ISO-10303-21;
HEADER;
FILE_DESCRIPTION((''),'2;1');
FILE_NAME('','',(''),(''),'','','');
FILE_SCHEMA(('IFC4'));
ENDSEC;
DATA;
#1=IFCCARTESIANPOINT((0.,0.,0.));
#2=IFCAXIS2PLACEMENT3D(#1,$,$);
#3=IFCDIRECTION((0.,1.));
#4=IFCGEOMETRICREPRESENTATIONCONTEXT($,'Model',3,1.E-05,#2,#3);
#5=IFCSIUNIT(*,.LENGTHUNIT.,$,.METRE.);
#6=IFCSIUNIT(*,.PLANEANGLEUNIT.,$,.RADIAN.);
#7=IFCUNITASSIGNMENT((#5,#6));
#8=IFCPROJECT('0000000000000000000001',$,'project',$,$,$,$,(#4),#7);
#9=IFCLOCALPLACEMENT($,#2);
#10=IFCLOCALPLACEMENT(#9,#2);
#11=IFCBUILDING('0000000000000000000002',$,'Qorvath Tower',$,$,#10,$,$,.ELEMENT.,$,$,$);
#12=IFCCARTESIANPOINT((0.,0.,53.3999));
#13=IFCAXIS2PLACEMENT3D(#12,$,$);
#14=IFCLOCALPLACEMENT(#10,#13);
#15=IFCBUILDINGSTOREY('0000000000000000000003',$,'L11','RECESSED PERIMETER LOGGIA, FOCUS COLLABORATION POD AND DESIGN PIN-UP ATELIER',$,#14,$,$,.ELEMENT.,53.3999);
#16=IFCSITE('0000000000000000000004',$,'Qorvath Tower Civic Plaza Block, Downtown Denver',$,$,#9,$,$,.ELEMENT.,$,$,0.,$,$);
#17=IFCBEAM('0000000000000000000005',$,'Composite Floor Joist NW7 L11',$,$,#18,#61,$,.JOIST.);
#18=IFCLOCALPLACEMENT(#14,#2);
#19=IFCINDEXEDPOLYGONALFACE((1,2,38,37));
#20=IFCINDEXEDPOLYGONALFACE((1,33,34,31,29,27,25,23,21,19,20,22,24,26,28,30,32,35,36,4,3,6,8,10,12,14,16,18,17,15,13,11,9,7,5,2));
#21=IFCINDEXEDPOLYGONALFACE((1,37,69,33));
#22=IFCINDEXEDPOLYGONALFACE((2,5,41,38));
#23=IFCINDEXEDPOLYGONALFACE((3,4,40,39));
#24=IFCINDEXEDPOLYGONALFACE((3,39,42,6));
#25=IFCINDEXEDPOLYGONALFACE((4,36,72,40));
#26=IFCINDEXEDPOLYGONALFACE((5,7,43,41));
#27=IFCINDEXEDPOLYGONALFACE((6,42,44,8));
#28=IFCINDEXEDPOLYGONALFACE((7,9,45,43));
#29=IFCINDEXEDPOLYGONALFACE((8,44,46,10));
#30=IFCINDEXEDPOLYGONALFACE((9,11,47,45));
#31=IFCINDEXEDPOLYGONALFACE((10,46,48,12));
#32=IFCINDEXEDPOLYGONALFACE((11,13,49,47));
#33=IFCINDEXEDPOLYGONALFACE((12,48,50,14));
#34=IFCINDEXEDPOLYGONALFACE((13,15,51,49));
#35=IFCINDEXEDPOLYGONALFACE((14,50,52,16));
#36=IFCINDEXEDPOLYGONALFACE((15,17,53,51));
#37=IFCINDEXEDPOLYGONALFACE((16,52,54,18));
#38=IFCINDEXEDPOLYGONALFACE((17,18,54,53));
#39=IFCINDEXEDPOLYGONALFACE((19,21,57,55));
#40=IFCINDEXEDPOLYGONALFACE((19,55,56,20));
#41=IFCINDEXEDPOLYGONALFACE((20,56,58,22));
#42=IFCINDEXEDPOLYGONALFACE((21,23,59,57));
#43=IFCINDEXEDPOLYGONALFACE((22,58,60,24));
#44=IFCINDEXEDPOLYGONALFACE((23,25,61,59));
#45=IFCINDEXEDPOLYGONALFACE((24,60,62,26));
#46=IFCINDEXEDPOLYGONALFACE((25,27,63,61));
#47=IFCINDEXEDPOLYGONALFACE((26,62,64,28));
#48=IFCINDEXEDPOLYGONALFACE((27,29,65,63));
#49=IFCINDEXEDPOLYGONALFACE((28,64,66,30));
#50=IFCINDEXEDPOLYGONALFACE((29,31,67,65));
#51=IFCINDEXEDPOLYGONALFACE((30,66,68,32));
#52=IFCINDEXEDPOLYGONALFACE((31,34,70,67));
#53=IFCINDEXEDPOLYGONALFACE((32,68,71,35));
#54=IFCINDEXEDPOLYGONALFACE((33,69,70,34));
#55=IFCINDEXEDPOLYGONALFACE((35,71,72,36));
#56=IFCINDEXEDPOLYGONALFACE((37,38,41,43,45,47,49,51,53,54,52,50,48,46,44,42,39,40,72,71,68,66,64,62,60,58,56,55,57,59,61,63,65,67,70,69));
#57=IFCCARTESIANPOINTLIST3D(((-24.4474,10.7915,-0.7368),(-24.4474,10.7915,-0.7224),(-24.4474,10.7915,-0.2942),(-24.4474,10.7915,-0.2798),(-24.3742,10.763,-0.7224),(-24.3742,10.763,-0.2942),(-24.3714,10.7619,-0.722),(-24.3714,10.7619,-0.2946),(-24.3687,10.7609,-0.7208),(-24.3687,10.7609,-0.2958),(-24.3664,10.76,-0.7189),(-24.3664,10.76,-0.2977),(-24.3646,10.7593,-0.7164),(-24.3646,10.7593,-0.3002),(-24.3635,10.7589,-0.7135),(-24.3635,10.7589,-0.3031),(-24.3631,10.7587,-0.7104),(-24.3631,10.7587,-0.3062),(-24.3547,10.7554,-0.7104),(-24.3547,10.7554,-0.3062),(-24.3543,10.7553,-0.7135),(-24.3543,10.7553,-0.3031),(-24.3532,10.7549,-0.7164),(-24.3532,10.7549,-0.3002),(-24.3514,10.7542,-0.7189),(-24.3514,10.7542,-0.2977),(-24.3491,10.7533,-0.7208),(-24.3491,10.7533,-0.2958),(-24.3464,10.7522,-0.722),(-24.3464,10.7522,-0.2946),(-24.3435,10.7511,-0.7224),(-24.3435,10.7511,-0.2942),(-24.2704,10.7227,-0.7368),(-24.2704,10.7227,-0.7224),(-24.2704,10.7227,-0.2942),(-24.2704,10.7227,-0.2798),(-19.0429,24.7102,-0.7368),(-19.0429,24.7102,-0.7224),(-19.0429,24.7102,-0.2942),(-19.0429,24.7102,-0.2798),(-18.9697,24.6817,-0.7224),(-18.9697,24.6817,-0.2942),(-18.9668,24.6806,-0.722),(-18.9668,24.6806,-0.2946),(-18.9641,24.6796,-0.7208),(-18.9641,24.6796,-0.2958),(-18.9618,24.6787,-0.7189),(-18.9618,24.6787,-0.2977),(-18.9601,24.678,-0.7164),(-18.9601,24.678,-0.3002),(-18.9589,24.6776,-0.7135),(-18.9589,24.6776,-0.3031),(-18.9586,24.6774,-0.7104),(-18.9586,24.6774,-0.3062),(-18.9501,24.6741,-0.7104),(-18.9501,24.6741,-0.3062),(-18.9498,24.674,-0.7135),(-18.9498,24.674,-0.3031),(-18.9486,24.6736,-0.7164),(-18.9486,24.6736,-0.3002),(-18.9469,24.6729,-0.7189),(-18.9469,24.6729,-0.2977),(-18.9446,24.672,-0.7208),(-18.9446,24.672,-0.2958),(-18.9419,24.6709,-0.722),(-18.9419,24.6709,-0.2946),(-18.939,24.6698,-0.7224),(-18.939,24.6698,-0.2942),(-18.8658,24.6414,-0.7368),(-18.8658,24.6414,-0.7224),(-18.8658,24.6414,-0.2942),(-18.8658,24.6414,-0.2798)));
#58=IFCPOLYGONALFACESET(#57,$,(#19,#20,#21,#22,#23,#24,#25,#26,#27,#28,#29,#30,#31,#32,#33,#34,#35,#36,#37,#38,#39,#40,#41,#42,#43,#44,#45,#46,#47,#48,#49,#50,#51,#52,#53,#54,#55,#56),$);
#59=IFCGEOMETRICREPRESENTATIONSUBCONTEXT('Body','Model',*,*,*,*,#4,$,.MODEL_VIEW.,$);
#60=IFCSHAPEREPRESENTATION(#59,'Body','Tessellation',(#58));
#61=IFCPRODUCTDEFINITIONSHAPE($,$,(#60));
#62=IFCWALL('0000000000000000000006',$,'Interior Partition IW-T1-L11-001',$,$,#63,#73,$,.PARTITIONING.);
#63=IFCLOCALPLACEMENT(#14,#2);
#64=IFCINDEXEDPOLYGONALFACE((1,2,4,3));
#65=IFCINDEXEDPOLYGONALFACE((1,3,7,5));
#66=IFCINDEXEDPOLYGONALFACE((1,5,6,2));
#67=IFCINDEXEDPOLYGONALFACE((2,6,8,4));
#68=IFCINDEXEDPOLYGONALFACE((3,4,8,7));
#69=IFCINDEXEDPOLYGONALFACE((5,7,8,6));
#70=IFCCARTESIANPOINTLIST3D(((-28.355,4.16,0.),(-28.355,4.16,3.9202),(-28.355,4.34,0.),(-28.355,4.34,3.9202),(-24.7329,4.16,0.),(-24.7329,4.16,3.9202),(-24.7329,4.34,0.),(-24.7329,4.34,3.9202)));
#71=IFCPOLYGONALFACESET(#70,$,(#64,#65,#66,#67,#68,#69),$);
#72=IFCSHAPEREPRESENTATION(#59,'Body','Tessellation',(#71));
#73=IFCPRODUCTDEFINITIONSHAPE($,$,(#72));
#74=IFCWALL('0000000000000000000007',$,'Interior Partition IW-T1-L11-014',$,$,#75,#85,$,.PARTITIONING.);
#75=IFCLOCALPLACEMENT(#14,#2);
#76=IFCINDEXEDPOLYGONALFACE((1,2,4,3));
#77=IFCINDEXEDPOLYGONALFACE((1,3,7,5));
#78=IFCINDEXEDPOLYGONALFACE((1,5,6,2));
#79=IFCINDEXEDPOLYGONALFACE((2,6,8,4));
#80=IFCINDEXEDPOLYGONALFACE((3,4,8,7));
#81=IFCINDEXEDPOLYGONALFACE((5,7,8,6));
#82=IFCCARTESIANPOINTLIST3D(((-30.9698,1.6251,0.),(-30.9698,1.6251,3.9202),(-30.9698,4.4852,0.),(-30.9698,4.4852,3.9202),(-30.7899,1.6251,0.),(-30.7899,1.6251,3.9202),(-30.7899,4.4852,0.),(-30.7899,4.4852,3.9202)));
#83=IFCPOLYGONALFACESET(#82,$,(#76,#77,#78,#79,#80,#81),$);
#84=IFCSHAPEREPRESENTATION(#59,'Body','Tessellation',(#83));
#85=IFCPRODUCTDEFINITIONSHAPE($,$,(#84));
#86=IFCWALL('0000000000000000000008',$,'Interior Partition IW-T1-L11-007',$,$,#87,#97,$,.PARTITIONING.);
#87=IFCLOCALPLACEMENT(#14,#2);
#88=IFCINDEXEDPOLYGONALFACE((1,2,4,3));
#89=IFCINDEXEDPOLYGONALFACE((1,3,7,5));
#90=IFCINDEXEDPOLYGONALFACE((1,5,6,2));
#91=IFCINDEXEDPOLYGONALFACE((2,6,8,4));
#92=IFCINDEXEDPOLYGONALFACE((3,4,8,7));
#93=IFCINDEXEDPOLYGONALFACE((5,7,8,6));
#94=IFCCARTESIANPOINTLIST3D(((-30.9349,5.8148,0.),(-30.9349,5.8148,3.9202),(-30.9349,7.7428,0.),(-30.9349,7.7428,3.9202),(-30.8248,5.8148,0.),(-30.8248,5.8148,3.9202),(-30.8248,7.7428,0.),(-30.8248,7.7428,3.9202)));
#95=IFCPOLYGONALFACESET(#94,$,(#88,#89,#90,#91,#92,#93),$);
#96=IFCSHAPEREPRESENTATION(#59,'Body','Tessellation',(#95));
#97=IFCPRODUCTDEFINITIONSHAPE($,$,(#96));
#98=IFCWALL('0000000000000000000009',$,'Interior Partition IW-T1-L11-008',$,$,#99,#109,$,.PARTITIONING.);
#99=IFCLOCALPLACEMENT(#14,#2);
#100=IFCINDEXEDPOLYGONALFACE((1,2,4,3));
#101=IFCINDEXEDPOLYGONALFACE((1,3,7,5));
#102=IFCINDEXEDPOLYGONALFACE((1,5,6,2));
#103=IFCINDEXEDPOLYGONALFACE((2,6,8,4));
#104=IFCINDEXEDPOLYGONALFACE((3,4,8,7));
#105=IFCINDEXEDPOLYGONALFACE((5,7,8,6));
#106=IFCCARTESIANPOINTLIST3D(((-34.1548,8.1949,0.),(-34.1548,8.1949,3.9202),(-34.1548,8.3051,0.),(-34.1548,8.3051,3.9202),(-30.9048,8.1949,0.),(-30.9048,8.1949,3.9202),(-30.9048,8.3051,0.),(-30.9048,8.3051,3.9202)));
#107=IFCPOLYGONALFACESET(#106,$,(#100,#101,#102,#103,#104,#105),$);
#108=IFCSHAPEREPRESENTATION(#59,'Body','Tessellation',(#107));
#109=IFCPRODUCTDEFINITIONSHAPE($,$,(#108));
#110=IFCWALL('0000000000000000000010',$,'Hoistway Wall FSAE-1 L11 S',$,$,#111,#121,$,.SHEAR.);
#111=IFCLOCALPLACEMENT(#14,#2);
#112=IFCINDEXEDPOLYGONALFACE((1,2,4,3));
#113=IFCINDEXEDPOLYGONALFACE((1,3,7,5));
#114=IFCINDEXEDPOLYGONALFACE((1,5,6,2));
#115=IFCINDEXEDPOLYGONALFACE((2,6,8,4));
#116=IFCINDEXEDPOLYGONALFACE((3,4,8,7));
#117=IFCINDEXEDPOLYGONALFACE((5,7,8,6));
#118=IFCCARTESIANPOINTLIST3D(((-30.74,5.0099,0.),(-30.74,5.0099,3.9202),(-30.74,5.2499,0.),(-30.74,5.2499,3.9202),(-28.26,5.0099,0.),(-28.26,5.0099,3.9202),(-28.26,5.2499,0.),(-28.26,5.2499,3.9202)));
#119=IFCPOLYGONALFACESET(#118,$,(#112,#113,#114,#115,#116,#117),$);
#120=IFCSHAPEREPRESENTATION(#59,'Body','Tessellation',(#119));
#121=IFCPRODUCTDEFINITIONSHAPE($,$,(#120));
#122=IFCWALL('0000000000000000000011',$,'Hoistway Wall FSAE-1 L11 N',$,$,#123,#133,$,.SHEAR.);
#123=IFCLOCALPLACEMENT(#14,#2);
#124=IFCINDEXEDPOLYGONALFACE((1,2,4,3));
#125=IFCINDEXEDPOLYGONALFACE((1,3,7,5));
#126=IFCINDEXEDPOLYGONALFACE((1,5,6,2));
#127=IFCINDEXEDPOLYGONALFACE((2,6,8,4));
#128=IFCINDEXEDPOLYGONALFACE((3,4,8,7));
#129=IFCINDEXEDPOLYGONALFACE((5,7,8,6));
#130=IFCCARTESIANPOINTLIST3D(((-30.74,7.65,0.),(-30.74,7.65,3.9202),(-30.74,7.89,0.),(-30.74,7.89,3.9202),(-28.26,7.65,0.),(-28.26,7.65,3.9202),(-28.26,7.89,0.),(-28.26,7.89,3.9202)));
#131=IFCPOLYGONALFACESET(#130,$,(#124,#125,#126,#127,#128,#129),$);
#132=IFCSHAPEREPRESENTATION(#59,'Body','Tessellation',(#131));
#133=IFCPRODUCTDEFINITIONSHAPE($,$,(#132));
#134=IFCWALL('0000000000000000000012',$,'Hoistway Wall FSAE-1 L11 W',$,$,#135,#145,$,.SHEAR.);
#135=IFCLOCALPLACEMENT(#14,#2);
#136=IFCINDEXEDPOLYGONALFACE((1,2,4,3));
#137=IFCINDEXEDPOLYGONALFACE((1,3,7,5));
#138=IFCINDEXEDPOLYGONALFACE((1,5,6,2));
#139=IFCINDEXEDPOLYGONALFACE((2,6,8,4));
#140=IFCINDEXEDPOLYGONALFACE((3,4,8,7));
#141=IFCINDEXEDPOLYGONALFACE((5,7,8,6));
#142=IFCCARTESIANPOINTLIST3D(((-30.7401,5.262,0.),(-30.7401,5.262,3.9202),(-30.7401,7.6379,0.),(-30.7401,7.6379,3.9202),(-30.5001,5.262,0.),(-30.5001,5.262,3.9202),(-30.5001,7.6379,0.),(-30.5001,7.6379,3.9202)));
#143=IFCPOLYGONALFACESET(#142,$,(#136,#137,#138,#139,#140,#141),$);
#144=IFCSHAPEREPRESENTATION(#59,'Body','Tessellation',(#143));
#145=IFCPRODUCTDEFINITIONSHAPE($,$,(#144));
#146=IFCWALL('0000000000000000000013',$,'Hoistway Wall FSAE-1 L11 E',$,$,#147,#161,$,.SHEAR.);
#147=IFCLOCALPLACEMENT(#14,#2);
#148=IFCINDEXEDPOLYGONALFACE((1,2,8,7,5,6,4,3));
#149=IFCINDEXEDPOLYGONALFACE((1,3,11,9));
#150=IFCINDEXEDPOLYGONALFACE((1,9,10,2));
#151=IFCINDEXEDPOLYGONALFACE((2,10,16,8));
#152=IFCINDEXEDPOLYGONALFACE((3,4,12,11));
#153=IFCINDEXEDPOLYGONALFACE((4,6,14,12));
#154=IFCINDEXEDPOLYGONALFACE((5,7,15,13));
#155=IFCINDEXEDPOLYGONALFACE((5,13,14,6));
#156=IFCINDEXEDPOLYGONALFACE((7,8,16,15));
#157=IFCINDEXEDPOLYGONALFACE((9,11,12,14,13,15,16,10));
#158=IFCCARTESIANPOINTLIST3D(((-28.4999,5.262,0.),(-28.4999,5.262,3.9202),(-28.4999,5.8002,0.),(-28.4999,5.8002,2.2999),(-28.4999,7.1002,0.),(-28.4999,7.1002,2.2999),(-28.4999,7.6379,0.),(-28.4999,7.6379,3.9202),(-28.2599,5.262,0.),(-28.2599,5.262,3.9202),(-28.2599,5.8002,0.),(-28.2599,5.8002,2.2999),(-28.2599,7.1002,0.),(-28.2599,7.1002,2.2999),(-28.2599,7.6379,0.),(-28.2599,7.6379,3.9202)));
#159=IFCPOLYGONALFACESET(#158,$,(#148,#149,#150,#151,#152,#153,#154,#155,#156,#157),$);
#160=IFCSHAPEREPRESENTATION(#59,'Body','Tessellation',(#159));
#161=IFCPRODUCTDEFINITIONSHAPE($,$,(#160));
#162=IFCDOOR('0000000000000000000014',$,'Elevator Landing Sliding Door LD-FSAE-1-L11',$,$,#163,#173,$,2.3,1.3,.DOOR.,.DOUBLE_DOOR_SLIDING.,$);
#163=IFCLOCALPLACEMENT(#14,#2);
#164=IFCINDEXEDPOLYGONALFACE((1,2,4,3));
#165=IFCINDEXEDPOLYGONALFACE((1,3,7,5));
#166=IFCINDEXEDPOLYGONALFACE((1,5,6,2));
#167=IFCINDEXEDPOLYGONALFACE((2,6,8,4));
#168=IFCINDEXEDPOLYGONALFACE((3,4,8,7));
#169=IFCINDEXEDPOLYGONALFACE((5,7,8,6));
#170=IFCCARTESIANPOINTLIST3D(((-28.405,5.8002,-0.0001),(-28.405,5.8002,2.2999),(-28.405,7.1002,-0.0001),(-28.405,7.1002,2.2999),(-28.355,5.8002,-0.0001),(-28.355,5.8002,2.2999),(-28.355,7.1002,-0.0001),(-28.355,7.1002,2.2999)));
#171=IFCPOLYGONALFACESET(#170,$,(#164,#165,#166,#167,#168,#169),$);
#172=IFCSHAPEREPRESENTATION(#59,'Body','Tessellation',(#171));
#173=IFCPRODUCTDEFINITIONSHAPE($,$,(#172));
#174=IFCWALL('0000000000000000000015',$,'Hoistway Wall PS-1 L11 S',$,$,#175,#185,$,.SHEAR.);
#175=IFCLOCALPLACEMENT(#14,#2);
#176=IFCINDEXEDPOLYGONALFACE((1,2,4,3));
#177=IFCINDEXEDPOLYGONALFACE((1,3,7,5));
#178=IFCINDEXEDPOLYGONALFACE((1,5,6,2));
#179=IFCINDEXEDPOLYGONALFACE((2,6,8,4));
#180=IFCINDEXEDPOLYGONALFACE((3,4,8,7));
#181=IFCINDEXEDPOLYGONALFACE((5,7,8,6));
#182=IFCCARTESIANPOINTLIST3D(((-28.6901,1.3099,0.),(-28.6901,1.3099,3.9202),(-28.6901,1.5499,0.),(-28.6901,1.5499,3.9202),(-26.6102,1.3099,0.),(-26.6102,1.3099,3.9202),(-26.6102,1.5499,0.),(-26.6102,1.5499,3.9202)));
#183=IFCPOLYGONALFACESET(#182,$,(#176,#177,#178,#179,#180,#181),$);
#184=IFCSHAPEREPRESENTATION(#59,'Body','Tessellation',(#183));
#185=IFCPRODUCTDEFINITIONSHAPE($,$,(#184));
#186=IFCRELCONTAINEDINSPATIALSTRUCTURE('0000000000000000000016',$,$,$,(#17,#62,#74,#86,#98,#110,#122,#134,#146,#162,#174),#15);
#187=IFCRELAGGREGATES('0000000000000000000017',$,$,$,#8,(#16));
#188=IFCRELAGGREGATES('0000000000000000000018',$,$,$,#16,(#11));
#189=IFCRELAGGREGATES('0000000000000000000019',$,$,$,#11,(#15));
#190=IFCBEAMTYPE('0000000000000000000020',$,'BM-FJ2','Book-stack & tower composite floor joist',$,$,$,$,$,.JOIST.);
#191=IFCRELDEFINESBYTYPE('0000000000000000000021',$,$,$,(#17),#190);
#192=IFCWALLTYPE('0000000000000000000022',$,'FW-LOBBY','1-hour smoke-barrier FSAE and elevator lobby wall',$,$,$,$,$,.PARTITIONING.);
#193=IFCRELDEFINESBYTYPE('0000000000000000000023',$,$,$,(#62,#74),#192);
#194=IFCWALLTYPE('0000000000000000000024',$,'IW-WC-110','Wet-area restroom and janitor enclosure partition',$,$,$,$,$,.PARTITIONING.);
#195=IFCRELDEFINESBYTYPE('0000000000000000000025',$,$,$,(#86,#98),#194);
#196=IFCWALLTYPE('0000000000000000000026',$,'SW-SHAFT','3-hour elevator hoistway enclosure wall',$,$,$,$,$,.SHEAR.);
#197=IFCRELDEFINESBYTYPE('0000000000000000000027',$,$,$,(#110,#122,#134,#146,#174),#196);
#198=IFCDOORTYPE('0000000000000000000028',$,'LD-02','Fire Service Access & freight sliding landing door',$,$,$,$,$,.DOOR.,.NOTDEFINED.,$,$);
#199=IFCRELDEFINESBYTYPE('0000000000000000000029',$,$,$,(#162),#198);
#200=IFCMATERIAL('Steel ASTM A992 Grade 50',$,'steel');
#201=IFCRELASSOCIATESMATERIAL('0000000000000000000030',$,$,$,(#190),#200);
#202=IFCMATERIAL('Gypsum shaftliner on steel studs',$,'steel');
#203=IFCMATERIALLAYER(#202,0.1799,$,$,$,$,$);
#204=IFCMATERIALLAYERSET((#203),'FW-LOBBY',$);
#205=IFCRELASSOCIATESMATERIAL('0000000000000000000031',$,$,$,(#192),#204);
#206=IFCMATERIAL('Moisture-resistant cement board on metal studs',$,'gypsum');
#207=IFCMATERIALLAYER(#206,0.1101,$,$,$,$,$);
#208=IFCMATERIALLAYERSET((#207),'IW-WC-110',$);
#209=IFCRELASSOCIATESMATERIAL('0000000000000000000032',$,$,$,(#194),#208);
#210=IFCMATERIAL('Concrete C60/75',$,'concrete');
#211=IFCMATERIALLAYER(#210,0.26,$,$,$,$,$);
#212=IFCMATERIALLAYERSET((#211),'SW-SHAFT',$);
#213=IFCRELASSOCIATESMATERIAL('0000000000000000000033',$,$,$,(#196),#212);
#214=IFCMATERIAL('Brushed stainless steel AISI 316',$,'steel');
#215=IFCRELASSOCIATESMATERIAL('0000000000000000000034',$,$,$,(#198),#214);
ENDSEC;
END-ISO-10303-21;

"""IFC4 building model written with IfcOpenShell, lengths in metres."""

from ifc_helpers import new_model, si_unit, direction, frame, frame_2d, origin, origin_2d, place, context, subcontext, project, spatial, rectangle, i_section, extrude, material, layer, layer_set, material_profile, profile_set, type_object, element, fill, save


model = new_model("IFC4")

# Units and contexts
model_context = context("Model", 3, precision=1e-05, world=origin(), true_north=direction((0.0, 1.0)))
body_context = subcontext(model_context, "Body", "Model", "MODEL_VIEW")
ifc_project = project(units=[si_unit("LENGTHUNIT", "METRE"), si_unit("PLANEANGLEUNIT", "RADIAN")], contexts=[model_context])

# Site, building, storey
site_placement = place(None, origin())
site = spatial("IfcSite", under=ifc_project, at=site_placement, Name="Qorvath Tower Civic Plaza Block, Downtown Denver", CompositionType="ELEMENT", RefElevation=0.0)
building_placement = place(site_placement, origin())
building = spatial("IfcBuilding", under=site, at=building_placement, Name="Qorvath Tower", CompositionType="ELEMENT")
storey_placement = place(building_placement, frame((0.0, 0.0, 53.3999)))
storey = spatial("IfcBuildingStorey", under=building, at=storey_placement, Name="L11", Description="RECESSED PERIMETER LOGGIA, FOCUS COLLABORATION POD AND DESIGN PIN-UP ATELIER", CompositionType="ELEMENT", Elevation=53.3999)

# Beam
ifc_material_1 = material(Name="Steel ASTM A992 Grade 50", Category="steel")
ifc_material_profile_1 = material_profile(ifc_material_1, i_section(OverallWidth=0.1899, OverallDepth=0.457, WebThickness=0.009, FlangeThickness=0.0144, FilletRadius=0.012, at=origin_2d()), Name="W18x50")
ifc_profile_set_1 = profile_set([ifc_material_profile_1], Name="Steel ASTM A992 Grade 50")
beam_type_1 = type_object("IfcBeamType", Name="BM-FJ2", Description="Book-stack & tower composite floor joist", PredefinedType="JOIST", material=ifc_profile_set_1)
beam_1_placement = place(storey_placement, frame((-24.3589, 10.7571, -0.5083), z_axis=(0.361964, 0.932192, 0.0), x_axis=(-0.932192, 0.361964, 0.0)))
element("IfcBeam", 1, at=beam_1_placement, inside=storey, type_object=beam_type_1, Name="Composite Floor Joist NW7 L11", PredefinedType="JOIST", context=body_context, shape_type="SweptSolid", body=[
    extrude(i_section(OverallWidth=0.1899, OverallDepth=0.457, WebThickness=0.009, FlangeThickness=0.0144, FilletRadius=0.012, at=origin_2d()), origin(), (0.0, 0.0, 1.0), 14.9312),
])

# Wall
ifc_material_2 = material(Name="Gypsum shaftliner on steel studs", Category="steel")
ifc_layer_1 = layer(ifc_material_2, 0.1799)
ifc_layer_set_1 = layer_set([ifc_layer_1], Name="FW-LOBBY")
wall_type_1 = type_object("IfcWallType", Name="FW-LOBBY", Description="1-hour smoke-barrier FSAE and elevator lobby wall", PredefinedType="PARTITIONING", material=ifc_layer_set_1)
wall_1_placement = place(storey_placement, frame((-28.355, 4.25, 0.0), z_axis=(0.0, 0.0, 1.0), x_axis=(1.0, 0.0, 0.0)))
element("IfcWall", 2, at=wall_1_placement, inside=storey, type_object=wall_type_1, Name="Interior Partition IW-T1-L11-001", PredefinedType="PARTITIONING", context=body_context, shape_type="SweptSolid", body=[
    extrude(rectangle(XDim=3.6221, YDim=0.1799, at=frame_2d((1.811, 0.0))), origin(), (0.0, 0.0, 1.0), 3.9202),
])

# Walls
wall_2_placement = place(storey_placement, frame((-30.8799, 1.625, 0.0), z_axis=(0.0, 0.0, 1.0), x_axis=(0.0, 1.0, 0.0)))
element("IfcWall", 3, at=wall_2_placement, inside=storey, type_object=wall_type_1, Name="Interior Partition IW-T1-L11-014", PredefinedType="PARTITIONING", context=body_context, shape_type="SweptSolid", body=[
    extrude(rectangle(XDim=2.8601, YDim=0.1799, at=frame_2d((1.4302, 0.0))), origin(), (0.0, 0.0, 1.0), 3.9202),
])
ifc_material_3 = material(Name="Moisture-resistant cement board on metal studs", Category="gypsum")
ifc_layer_2 = layer(ifc_material_3, 0.1101)
ifc_layer_set_2 = layer_set([ifc_layer_2], Name="IW-WC-110")
wall_type_2 = type_object("IfcWallType", Name="IW-WC-110", Description="Wet-area restroom and janitor enclosure partition", PredefinedType="PARTITIONING", material=ifc_layer_set_2)
wall_3_placement = place(storey_placement, frame((-30.8799, 5.8149, 0.0), z_axis=(0.0, 0.0, 1.0), x_axis=(0.0, 1.0, 0.0)))
element("IfcWall", 4, at=wall_3_placement, inside=storey, type_object=wall_type_2, Name="Interior Partition IW-T1-L11-007", PredefinedType="PARTITIONING", context=body_context, shape_type="SweptSolid", body=[
    extrude(rectangle(XDim=1.928, YDim=0.1101, at=frame_2d((0.9639, 0.0))), origin(), (0.0, 0.0, 1.0), 3.9202),
])
wall_4_placement = place(storey_placement, frame((-30.9048, 8.25, 0.0), z_axis=(0.0, 0.0, 1.0), x_axis=(-1.0, 0.0, 0.0)))
element("IfcWall", 5, at=wall_4_placement, inside=storey, type_object=wall_type_2, Name="Interior Partition IW-T1-L11-008", PredefinedType="PARTITIONING", context=body_context, shape_type="SweptSolid", body=[
    extrude(rectangle(XDim=3.25, YDim=0.1101, at=frame_2d((1.625, 0.0))), origin(), (0.0, 0.0, 1.0), 3.9202),
])
ifc_material_4 = material(Name="Concrete C60/75", Category="concrete")
ifc_layer_3 = layer(ifc_material_4, 0.26)
ifc_layer_set_3 = layer_set([ifc_layer_3], Name="SW-SHAFT")
wall_type_3 = type_object("IfcWallType", Name="SW-SHAFT", Description="3-hour elevator hoistway enclosure wall", PredefinedType="SHEAR", material=ifc_layer_set_3)
for number, where, z_axis, x_axis, name in (
    (6, (-28.26, 5.1299, 0.0), (0.0, 0.0, 1.0), (-1.0, 0.0, 0.0), "Hoistway Wall FSAE-1 L11 S"),
    (7, (-30.74, 7.77, 0.0), (0.0, 0.0, 1.0), (1.0, 0.0, 0.0), "Hoistway Wall FSAE-1 L11 N"),
):
    element("IfcWall", number, at=place(storey_placement, frame(where, z_axis=z_axis, x_axis=x_axis)), inside=storey, type_object=wall_type_3, Name=name, PredefinedType="SHEAR", context=body_context, shape_type="SweptSolid", body=[
        extrude(rectangle(XDim=2.48, YDim=0.24, at=frame_2d((1.24, 0.0))), origin(), (0.0, 0.0, 1.0), 3.9202),
    ])
wall_5_placement = place(storey_placement, frame((-30.6201, 5.262, 0.0), z_axis=(0.0, 0.0, 1.0), x_axis=(0.0, 1.0, 0.0)))
element("IfcWall", 8, at=wall_5_placement, inside=storey, type_object=wall_type_3, Name="Hoistway Wall FSAE-1 L11 W", PredefinedType="SHEAR", context=body_context, shape_type="SweptSolid", body=[
    extrude(rectangle(XDim=2.376, YDim=0.24, at=frame_2d((1.188, 0.0))), origin(), (0.0, 0.0, 1.0), 3.9202),
])

# Wall, opening, door
wall_6_placement = place(storey_placement, frame((-28.3799, 7.6379, 0.0), z_axis=(0.0, 0.0, 1.0), x_axis=(0.0, -1.0, 0.0)))
wall_6 = element("IfcWall", 9, at=wall_6_placement, inside=storey, type_object=wall_type_3, Name="Hoistway Wall FSAE-1 L11 E", PredefinedType="SHEAR", context=body_context, shape_type="SweptSolid", body=[
    extrude(rectangle(XDim=2.376, YDim=0.24, at=frame_2d((1.188, 0.0))), origin(), (0.0, 0.0, 1.0), 3.9202),
])
opening_1_placement = place(wall_6_placement, frame((0.5378, 0.0, 0.0)))
opening_1 = element("IfcOpeningElement", 10, at=opening_1_placement, cuts=wall_6, PredefinedType="OPENING", context=body_context, shape_type="SweptSolid", body=[
    extrude(rectangle(XDim=1.3, YDim=2.3, at=frame_2d((0.6499, 1.1499))), frame((0.0, 0.1299, 0.0), z_axis=(0.0, -1.0, 0.0), x_axis=(1.0, 0.0, 0.0)), (0.0, 0.0, 1.0), 0.26),
])
ifc_material_5 = material(Name="Brushed stainless steel AISI 316", Category="steel")
door_type_1 = type_object("IfcDoorType", Name="LD-02", Description="Fire Service Access & freight sliding landing door", OperationType="NOTDEFINED", PredefinedType="DOOR", material=ifc_material_5)
door_1_placement = place(opening_1_placement, origin())
door_1 = element("IfcDoor", 11, at=door_1_placement, inside=storey, type_object=door_type_1, Name="Elevator Landing Sliding Door LD-FSAE-1-L11", OperationType="DOUBLE_DOOR_SLIDING", OverallHeight=2.3, OverallWidth=1.3, PredefinedType="DOOR", context=body_context, shape_type="SweptSolid", body=[
    extrude(rectangle(XDim=1.3, YDim=2.3, at=frame_2d((0.6499, 1.1499))), frame((0.0, 0.0249, 0.0), z_axis=(0.0, -1.0, 0.0), x_axis=(1.0, 0.0, 0.0)), (0.0, 0.0, 1.0), 0.05),
])
fill(opening_1, door_1)

# Wall
for number, where, z_axis, x_axis, name in (
    (12, (-26.6101, 1.4299, 0.0), (0.0, 0.0, 1.0), (-1.0, 0.0, 0.0), "Hoistway Wall PS-1 L11 S"),
):
    element("IfcWall", number, at=place(storey_placement, frame(where, z_axis=z_axis, x_axis=x_axis)), inside=storey, type_object=wall_type_3, Name=name, PredefinedType="SHEAR", context=body_context, shape_type="SweptSolid", body=[
        extrude(rectangle(XDim=2.0798, YDim=0.24, at=frame_2d((1.04, 0.0))), origin(), (0.0, 0.0, 1.0), 3.9202),
    ])

save(model, "model.ifc")
